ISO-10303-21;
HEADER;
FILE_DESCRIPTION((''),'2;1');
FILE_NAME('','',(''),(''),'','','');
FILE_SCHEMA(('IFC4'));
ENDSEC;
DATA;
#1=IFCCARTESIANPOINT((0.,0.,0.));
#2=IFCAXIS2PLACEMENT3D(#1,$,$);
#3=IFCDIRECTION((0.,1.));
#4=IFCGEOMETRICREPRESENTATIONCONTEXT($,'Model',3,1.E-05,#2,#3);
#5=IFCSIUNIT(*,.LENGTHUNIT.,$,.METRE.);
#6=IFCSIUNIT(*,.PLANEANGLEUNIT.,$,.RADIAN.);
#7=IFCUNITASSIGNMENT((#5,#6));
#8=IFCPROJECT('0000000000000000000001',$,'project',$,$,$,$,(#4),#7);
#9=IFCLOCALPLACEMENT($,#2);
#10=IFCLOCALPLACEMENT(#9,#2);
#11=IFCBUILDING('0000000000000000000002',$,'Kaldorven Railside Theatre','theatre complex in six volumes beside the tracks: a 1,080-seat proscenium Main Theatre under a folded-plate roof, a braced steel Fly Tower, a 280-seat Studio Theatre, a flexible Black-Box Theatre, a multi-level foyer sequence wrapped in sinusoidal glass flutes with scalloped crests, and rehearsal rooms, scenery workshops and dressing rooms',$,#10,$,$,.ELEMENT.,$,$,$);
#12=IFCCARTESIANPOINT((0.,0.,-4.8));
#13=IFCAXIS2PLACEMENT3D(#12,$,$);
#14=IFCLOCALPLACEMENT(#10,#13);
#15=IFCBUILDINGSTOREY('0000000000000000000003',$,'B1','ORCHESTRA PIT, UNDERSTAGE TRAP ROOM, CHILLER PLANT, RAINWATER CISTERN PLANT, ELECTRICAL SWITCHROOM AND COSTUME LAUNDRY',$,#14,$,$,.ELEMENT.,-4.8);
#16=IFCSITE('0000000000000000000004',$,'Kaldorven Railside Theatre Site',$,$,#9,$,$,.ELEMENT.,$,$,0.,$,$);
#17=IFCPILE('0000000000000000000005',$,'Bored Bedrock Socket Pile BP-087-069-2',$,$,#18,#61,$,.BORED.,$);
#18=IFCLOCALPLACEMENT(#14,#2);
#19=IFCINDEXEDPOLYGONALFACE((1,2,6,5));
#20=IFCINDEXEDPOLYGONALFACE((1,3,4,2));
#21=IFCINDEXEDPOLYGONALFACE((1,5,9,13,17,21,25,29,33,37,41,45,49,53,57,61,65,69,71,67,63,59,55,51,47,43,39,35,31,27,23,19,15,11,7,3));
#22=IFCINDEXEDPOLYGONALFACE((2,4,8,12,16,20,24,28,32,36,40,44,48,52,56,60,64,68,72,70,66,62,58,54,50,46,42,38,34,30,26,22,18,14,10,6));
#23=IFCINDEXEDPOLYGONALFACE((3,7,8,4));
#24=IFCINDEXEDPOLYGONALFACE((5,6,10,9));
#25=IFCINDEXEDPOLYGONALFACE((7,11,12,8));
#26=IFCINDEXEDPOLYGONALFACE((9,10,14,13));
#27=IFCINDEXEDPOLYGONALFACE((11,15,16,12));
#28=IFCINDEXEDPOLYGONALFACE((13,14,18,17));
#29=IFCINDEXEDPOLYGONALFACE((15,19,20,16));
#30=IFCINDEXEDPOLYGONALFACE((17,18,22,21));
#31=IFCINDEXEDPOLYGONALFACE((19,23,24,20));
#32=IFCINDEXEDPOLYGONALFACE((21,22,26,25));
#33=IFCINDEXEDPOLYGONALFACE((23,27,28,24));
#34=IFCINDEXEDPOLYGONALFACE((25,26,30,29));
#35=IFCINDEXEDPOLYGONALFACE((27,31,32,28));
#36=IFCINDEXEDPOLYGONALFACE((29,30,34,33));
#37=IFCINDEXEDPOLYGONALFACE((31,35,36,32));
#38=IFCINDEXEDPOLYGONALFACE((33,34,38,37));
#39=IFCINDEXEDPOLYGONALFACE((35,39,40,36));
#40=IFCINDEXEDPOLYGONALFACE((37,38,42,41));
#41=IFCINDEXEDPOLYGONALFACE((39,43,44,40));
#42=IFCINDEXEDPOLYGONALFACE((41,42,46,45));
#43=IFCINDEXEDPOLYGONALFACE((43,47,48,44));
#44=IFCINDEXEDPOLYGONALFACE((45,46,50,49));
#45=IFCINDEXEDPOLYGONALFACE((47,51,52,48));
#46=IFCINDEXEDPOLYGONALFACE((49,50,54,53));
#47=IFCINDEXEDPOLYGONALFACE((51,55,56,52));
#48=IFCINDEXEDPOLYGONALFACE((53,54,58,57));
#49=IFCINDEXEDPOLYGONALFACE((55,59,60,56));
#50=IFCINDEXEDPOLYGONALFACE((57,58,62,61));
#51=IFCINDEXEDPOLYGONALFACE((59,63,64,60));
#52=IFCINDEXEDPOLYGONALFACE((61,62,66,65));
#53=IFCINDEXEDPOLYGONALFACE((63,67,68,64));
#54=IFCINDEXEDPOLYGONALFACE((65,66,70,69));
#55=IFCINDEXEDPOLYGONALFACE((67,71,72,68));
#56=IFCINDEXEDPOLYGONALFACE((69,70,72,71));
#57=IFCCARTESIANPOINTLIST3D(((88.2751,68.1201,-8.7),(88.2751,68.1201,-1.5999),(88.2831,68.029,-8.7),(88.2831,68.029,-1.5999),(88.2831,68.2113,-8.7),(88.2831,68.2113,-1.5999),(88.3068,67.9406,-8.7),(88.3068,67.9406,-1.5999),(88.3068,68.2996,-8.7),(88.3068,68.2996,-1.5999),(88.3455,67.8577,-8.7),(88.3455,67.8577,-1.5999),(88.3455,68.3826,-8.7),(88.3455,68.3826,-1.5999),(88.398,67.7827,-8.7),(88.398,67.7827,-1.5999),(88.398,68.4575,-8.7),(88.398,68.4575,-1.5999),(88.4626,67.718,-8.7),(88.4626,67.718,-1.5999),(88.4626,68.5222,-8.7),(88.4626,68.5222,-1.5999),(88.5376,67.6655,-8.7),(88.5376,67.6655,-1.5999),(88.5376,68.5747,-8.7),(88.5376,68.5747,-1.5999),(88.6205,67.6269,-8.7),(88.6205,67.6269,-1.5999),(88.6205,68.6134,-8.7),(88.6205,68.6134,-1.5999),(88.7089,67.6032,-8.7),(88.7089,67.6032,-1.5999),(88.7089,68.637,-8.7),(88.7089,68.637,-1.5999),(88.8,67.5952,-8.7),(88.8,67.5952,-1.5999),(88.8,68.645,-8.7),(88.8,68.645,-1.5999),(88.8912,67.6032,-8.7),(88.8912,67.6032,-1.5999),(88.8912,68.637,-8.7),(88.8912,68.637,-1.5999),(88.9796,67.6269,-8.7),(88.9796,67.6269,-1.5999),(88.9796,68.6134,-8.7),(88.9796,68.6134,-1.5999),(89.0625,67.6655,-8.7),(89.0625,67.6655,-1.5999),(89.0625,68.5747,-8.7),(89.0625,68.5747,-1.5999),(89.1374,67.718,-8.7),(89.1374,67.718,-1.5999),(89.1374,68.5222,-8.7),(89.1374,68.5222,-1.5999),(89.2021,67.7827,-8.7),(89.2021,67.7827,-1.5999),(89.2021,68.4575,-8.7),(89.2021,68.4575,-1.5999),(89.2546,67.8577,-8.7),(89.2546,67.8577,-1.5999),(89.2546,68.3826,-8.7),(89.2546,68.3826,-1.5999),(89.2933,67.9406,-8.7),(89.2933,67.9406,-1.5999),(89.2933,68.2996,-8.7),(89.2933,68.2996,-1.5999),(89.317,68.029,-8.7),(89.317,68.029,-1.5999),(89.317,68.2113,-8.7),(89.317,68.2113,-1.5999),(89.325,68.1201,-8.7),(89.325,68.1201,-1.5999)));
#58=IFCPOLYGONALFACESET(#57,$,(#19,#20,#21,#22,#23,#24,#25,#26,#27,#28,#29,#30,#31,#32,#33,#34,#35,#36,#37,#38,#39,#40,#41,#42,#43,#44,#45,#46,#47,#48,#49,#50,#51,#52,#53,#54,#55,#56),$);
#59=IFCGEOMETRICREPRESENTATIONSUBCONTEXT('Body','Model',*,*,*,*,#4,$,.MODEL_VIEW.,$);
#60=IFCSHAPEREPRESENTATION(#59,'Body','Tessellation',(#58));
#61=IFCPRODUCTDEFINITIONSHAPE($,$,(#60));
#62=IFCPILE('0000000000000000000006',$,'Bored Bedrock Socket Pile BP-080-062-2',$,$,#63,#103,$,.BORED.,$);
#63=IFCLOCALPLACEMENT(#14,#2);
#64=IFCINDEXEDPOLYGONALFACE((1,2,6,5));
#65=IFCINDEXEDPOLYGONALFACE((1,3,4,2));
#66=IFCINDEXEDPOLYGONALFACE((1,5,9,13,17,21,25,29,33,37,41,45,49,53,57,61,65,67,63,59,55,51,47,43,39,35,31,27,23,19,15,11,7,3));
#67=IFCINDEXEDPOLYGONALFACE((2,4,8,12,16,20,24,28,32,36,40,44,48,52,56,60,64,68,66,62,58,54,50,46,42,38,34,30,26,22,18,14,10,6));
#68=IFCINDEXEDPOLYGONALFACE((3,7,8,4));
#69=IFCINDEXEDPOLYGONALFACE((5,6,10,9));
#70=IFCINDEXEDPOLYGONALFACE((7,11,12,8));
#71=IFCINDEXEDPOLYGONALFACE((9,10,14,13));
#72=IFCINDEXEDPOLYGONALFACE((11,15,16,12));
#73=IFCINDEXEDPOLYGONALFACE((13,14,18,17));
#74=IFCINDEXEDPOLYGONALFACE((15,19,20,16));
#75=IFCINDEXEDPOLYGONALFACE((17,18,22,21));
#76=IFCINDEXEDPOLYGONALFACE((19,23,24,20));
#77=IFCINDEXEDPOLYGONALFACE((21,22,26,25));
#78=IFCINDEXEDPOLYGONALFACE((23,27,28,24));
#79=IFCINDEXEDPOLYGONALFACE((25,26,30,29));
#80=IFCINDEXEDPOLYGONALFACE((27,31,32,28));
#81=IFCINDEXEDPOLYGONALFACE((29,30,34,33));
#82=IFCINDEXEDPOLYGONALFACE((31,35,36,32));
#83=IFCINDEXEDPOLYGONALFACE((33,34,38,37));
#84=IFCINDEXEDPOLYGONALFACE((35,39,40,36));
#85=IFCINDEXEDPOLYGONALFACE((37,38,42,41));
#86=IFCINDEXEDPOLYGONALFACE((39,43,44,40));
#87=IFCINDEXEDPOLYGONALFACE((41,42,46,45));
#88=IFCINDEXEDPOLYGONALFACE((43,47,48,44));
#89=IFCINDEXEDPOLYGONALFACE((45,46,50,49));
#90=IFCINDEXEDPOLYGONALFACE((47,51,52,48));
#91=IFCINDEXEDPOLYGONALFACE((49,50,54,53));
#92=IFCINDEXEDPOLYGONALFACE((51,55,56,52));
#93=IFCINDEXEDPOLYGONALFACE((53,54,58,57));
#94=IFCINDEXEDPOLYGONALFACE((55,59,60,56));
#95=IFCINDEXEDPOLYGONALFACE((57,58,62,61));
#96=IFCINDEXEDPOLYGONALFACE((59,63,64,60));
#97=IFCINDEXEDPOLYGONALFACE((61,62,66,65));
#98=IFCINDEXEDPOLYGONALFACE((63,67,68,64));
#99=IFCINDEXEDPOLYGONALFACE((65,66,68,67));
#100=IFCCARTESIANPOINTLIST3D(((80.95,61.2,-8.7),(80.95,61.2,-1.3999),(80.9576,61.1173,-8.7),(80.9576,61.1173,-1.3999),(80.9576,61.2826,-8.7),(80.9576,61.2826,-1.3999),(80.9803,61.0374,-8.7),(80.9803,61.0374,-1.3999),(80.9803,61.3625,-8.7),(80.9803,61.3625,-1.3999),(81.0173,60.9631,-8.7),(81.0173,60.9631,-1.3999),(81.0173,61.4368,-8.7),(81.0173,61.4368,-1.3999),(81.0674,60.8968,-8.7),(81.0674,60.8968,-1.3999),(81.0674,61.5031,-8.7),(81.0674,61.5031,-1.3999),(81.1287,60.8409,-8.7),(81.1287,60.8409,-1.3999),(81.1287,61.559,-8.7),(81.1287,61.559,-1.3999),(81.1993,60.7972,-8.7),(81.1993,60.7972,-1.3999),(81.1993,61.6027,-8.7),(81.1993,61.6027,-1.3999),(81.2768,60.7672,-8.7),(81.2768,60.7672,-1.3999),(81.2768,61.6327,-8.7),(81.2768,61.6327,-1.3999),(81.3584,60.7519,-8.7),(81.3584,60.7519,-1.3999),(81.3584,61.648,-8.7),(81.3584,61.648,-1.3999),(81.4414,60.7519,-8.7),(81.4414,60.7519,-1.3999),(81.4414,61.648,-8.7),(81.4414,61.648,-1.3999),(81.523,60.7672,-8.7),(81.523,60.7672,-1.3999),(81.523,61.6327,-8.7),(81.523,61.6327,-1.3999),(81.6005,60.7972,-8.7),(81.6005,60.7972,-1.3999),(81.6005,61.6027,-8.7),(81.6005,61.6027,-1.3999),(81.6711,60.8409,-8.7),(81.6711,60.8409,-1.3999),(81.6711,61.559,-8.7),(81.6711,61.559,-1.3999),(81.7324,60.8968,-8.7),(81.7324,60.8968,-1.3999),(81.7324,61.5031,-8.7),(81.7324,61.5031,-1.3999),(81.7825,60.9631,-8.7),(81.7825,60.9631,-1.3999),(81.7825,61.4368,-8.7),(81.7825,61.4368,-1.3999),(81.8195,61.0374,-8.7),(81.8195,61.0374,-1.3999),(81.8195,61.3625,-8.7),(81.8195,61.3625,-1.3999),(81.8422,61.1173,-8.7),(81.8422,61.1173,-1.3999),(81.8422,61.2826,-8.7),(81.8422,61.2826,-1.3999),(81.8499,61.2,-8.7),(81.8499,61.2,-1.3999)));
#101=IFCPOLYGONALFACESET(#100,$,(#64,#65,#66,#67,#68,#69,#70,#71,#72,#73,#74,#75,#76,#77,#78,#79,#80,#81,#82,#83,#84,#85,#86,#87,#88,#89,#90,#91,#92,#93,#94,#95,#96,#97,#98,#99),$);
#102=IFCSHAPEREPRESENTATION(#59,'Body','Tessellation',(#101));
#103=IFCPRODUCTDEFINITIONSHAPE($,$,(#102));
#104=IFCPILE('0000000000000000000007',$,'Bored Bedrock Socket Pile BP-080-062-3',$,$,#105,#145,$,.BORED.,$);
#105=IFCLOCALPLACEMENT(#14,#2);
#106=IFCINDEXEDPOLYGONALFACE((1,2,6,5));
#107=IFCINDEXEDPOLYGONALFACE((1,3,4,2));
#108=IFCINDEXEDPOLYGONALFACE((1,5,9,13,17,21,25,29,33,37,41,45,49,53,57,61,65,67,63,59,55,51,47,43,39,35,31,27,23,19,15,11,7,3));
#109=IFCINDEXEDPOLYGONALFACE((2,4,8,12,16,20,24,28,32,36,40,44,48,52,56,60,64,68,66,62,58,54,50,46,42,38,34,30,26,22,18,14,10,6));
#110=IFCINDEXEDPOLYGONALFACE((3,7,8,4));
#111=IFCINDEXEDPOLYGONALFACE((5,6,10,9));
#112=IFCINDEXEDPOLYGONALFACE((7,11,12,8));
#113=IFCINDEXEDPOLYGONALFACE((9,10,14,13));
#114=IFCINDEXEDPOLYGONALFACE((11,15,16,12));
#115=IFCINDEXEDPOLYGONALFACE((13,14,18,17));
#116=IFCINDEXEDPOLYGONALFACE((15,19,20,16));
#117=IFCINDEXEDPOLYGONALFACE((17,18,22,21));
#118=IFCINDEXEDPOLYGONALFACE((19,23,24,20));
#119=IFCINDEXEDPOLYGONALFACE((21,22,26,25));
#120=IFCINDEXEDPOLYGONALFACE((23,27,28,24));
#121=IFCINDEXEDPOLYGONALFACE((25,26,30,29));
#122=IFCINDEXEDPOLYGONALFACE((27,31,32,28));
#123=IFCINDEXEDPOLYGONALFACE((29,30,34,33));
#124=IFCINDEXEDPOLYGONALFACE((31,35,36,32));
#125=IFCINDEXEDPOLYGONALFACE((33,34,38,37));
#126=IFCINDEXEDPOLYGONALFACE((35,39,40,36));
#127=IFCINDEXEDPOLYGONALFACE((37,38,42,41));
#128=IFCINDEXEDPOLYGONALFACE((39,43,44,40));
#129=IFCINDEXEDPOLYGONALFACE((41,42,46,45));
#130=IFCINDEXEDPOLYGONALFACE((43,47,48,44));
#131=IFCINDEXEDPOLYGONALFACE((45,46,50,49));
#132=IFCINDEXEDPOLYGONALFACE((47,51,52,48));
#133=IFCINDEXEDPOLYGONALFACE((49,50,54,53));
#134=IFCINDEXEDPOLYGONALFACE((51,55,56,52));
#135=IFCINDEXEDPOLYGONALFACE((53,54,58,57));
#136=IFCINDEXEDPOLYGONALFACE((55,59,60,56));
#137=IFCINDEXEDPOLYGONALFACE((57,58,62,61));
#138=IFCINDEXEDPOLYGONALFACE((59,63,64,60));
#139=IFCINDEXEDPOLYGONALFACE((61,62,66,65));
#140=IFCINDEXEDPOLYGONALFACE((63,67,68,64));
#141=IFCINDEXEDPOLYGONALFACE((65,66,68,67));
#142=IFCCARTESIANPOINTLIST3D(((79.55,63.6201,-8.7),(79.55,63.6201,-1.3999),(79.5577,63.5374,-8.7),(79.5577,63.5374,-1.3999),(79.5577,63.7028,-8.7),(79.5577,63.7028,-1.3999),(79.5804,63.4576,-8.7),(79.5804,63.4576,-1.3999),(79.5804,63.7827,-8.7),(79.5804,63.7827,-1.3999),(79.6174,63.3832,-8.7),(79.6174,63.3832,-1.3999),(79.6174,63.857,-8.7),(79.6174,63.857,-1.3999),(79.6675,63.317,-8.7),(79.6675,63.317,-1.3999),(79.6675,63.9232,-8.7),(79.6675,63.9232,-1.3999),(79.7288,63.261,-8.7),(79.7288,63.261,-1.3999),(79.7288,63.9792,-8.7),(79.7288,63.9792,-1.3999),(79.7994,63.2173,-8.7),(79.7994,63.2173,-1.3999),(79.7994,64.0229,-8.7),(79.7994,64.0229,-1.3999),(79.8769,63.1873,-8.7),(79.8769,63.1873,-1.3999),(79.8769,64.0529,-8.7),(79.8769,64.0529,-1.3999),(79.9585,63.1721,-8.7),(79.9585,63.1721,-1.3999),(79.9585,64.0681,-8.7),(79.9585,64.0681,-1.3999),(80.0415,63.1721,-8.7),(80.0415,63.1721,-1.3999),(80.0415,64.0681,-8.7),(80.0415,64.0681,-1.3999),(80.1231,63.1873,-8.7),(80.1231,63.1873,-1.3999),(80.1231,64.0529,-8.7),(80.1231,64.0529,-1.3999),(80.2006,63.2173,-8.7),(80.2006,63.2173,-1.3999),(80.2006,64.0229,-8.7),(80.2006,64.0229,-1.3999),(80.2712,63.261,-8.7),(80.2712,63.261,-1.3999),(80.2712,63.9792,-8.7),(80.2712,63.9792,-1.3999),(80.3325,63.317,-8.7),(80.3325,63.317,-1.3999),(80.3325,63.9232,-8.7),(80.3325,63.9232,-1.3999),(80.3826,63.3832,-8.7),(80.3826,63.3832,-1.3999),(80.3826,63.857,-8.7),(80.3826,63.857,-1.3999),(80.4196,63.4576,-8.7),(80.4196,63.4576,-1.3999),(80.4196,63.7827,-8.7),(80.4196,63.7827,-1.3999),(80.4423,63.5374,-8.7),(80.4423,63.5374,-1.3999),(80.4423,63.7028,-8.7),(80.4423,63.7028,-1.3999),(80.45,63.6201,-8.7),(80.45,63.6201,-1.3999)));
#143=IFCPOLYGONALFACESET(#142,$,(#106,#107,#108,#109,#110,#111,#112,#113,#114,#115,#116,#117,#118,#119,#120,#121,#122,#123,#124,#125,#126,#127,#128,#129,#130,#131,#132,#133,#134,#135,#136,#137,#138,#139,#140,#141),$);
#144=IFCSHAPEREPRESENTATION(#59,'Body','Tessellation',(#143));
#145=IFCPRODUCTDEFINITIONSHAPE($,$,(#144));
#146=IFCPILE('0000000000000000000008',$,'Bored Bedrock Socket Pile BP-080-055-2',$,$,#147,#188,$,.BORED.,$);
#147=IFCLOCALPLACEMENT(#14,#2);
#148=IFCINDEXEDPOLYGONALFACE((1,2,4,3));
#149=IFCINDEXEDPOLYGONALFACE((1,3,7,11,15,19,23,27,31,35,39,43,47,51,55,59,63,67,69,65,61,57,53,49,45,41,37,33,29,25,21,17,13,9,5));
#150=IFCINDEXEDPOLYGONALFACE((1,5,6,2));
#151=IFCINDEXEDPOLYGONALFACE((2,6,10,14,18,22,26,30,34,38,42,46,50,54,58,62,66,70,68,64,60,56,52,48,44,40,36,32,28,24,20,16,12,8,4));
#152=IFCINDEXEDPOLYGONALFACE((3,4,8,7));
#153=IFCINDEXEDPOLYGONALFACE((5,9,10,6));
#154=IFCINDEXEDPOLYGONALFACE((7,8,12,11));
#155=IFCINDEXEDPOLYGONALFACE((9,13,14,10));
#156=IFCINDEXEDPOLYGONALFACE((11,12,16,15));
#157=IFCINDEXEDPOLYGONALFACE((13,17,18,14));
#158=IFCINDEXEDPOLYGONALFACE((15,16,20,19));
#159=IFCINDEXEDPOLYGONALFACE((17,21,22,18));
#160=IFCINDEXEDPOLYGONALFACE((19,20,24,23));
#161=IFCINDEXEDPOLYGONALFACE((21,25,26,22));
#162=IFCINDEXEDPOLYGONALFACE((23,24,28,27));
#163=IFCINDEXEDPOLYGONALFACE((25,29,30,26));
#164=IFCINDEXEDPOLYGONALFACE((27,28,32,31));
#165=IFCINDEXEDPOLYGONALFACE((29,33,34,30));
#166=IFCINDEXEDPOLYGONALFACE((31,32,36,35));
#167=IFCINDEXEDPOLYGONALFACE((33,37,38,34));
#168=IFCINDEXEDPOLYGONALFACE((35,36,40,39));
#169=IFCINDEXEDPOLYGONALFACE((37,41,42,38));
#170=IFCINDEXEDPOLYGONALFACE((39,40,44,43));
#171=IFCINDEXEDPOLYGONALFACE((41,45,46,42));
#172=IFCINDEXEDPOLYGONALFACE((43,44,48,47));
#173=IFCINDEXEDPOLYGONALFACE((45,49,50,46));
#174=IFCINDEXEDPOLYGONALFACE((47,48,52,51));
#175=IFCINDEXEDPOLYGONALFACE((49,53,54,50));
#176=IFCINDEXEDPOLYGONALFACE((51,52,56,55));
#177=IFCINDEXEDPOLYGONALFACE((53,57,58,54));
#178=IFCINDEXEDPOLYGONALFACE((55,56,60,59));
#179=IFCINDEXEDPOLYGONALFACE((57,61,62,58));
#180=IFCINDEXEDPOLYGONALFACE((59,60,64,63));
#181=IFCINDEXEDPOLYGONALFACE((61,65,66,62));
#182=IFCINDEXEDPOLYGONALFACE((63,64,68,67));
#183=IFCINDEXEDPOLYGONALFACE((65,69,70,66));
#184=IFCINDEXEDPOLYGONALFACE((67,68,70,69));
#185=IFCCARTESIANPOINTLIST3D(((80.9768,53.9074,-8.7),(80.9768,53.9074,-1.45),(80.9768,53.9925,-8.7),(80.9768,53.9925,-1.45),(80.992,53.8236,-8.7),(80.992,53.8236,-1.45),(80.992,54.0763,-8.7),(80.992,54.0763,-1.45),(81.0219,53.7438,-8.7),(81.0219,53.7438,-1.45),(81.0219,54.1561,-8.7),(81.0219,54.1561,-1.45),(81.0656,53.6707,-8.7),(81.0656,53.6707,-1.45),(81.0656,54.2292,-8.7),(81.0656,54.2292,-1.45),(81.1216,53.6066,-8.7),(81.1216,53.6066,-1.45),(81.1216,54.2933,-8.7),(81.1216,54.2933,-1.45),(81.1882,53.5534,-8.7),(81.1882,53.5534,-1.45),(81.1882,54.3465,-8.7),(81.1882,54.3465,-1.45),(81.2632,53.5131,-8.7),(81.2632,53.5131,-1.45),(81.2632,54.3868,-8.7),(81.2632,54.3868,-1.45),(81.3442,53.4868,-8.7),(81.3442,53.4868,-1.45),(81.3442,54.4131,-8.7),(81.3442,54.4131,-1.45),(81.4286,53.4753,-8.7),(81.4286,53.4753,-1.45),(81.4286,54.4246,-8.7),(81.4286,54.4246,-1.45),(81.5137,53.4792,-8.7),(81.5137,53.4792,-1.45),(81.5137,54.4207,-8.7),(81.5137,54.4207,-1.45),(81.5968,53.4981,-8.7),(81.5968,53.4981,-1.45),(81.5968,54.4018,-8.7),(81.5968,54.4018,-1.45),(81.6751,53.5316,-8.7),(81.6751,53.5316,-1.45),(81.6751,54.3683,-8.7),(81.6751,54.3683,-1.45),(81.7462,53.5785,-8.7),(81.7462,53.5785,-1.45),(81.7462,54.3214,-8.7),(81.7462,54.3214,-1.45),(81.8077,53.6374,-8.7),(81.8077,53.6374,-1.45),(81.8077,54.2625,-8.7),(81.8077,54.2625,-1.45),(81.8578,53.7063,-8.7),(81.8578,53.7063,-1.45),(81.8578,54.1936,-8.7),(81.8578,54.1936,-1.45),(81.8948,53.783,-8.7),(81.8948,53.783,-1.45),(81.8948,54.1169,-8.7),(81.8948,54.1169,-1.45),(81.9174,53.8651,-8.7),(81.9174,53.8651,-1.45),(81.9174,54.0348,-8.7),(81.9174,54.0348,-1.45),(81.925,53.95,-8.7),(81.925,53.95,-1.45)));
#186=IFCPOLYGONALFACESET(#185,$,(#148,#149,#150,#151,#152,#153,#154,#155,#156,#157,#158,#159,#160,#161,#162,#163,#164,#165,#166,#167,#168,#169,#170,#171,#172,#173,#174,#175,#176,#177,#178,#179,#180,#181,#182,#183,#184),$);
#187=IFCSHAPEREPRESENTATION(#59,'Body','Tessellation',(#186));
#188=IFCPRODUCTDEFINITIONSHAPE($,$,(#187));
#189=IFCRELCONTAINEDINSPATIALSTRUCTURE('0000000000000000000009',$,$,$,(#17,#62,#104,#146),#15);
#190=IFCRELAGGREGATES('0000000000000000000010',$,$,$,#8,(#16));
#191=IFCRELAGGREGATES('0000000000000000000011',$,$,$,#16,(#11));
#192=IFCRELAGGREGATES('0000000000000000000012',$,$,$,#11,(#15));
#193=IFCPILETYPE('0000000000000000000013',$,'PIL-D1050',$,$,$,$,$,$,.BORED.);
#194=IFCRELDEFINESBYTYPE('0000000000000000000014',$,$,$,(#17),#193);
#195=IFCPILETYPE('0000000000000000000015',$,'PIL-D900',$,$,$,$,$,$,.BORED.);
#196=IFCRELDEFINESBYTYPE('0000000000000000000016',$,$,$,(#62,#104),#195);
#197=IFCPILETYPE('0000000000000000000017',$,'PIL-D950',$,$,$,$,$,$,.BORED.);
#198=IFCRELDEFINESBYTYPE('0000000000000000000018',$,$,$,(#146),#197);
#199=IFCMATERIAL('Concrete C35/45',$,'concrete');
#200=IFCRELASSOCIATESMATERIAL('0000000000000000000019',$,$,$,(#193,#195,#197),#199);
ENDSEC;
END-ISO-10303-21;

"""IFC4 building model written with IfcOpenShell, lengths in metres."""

from ifc_helpers import new_model, si_unit, direction, frame, origin, origin_2d, place, context, subcontext, project, spatial, circle, extrude, material, material_profile, profile_set, type_object, element, save


model = new_model("IFC4")

# Units and contexts
model_context = context("Model", 3, precision=1e-05, world=origin(), true_north=direction((0.0, 1.0)))
body_context = subcontext(model_context, "Body", "Model", "MODEL_VIEW")
ifc_project = project(units=[si_unit("LENGTHUNIT", "METRE"), si_unit("PLANEANGLEUNIT", "RADIAN")], contexts=[model_context])

# Site, building, storey
site_placement = place(None, origin())
site = spatial("IfcSite", under=ifc_project, at=site_placement, Name="Kaldorven Railside Theatre Site", CompositionType="ELEMENT", RefElevation=0.0)
building_placement = place(site_placement, origin())
building = spatial("IfcBuilding", under=site, at=building_placement, Name="Kaldorven Railside Theatre", Description="theatre complex in six volumes beside the tracks: a 1,080-seat proscenium Main Theatre under a folded-plate roof, a braced steel Fly Tower, a 280-seat Studio Theatre, a flexible Black-Box Theatre, a multi-level foyer sequence wrapped in sinusoidal glass flutes with scalloped crests, and rehearsal rooms, scenery workshops and dressing rooms", CompositionType="ELEMENT")
storey_placement = place(building_placement, frame((0.0, 0.0, -4.8)))
storey = spatial("IfcBuildingStorey", under=building, at=storey_placement, Name="B1", Description="ORCHESTRA PIT, UNDERSTAGE TRAP ROOM, CHILLER PLANT, RAINWATER CISTERN PLANT, ELECTRICAL SWITCHROOM AND COSTUME LAUNDRY", CompositionType="ELEMENT", Elevation=-4.8)

# Piles
ifc_material_1 = material(Name="Concrete C35/45", Category="concrete")
ifc_material_profile_1 = material_profile(ifc_material_1, circle(Radius=0.5249, at=origin_2d()), Name="BP D1050")
ifc_profile_set_1 = profile_set([ifc_material_profile_1], Name="Concrete C35/45")
pile_type_1 = type_object("IfcPileType", Name="PIL-D1050", PredefinedType="BORED", material=ifc_profile_set_1)
for number, where, z_axis, x_axis, name in (
    (1, (88.8, 68.1201, -1.5999), (0.0, 0.0, -1.0), (1.0, 0.0, 0.0), "Bored Bedrock Socket Pile BP-087-069-2"),
):
    element("IfcPile", number, at=place(storey_placement, frame(where, z_axis=z_axis, x_axis=x_axis)), inside=storey, type_object=pile_type_1, Name=name, PredefinedType="BORED", context=body_context, shape_type="SweptSolid", body=[
        extrude(circle(Radius=0.5249, at=origin_2d()), origin(), (0.0, 0.0, 1.0), 7.1001),
    ])
ifc_material_profile_2 = material_profile(ifc_material_1, circle(Radius=0.45, at=origin_2d()), Name="BP D900")
ifc_profile_set_2 = profile_set([ifc_material_profile_2], Name="Concrete C35/45")
pile_type_2 = type_object("IfcPileType", Name="PIL-D900", PredefinedType="BORED", material=ifc_profile_set_2)
for number, where, z_axis, x_axis, name in (
    (2, (81.3999, 61.2, -1.3999), (0.0, 0.0, -1.0), (1.0, 0.0, 0.0), "Bored Bedrock Socket Pile BP-080-062-2"),
    (3, (80.0, 63.6201, -1.3999), (0.0, 0.0, -1.0), (1.0, 0.0, 0.0), "Bored Bedrock Socket Pile BP-080-062-3"),
):
    element("IfcPile", number, at=place(storey_placement, frame(where, z_axis=z_axis, x_axis=x_axis)), inside=storey, type_object=pile_type_2, Name=name, PredefinedType="BORED", context=body_context, shape_type="SweptSolid", body=[
        extrude(circle(Radius=0.45, at=origin_2d()), origin(), (0.0, 0.0, 1.0), 7.3),
    ])
ifc_material_profile_3 = material_profile(ifc_material_1, circle(Radius=0.4751, at=origin_2d()), Name="BP D950")
ifc_profile_set_3 = profile_set([ifc_material_profile_3], Name="Concrete C35/45")
pile_type_3 = type_object("IfcPileType", Name="PIL-D950", PredefinedType="BORED", material=ifc_profile_set_3)
pile_1_placement = place(storey_placement, frame((81.45, 53.95, -1.45), z_axis=(0.0, 0.0, -1.0), x_axis=(1.0, 0.0, 0.0)))
element("IfcPile", 4, at=pile_1_placement, inside=storey, type_object=pile_type_3, Name="Bored Bedrock Socket Pile BP-080-055-2", PredefinedType="BORED", context=body_context, shape_type="SweptSolid", body=[
    extrude(circle(Radius=0.4751, at=origin_2d()), origin(), (0.0, 0.0, 1.0), 7.25),
])

save(model, "model.ifc")
